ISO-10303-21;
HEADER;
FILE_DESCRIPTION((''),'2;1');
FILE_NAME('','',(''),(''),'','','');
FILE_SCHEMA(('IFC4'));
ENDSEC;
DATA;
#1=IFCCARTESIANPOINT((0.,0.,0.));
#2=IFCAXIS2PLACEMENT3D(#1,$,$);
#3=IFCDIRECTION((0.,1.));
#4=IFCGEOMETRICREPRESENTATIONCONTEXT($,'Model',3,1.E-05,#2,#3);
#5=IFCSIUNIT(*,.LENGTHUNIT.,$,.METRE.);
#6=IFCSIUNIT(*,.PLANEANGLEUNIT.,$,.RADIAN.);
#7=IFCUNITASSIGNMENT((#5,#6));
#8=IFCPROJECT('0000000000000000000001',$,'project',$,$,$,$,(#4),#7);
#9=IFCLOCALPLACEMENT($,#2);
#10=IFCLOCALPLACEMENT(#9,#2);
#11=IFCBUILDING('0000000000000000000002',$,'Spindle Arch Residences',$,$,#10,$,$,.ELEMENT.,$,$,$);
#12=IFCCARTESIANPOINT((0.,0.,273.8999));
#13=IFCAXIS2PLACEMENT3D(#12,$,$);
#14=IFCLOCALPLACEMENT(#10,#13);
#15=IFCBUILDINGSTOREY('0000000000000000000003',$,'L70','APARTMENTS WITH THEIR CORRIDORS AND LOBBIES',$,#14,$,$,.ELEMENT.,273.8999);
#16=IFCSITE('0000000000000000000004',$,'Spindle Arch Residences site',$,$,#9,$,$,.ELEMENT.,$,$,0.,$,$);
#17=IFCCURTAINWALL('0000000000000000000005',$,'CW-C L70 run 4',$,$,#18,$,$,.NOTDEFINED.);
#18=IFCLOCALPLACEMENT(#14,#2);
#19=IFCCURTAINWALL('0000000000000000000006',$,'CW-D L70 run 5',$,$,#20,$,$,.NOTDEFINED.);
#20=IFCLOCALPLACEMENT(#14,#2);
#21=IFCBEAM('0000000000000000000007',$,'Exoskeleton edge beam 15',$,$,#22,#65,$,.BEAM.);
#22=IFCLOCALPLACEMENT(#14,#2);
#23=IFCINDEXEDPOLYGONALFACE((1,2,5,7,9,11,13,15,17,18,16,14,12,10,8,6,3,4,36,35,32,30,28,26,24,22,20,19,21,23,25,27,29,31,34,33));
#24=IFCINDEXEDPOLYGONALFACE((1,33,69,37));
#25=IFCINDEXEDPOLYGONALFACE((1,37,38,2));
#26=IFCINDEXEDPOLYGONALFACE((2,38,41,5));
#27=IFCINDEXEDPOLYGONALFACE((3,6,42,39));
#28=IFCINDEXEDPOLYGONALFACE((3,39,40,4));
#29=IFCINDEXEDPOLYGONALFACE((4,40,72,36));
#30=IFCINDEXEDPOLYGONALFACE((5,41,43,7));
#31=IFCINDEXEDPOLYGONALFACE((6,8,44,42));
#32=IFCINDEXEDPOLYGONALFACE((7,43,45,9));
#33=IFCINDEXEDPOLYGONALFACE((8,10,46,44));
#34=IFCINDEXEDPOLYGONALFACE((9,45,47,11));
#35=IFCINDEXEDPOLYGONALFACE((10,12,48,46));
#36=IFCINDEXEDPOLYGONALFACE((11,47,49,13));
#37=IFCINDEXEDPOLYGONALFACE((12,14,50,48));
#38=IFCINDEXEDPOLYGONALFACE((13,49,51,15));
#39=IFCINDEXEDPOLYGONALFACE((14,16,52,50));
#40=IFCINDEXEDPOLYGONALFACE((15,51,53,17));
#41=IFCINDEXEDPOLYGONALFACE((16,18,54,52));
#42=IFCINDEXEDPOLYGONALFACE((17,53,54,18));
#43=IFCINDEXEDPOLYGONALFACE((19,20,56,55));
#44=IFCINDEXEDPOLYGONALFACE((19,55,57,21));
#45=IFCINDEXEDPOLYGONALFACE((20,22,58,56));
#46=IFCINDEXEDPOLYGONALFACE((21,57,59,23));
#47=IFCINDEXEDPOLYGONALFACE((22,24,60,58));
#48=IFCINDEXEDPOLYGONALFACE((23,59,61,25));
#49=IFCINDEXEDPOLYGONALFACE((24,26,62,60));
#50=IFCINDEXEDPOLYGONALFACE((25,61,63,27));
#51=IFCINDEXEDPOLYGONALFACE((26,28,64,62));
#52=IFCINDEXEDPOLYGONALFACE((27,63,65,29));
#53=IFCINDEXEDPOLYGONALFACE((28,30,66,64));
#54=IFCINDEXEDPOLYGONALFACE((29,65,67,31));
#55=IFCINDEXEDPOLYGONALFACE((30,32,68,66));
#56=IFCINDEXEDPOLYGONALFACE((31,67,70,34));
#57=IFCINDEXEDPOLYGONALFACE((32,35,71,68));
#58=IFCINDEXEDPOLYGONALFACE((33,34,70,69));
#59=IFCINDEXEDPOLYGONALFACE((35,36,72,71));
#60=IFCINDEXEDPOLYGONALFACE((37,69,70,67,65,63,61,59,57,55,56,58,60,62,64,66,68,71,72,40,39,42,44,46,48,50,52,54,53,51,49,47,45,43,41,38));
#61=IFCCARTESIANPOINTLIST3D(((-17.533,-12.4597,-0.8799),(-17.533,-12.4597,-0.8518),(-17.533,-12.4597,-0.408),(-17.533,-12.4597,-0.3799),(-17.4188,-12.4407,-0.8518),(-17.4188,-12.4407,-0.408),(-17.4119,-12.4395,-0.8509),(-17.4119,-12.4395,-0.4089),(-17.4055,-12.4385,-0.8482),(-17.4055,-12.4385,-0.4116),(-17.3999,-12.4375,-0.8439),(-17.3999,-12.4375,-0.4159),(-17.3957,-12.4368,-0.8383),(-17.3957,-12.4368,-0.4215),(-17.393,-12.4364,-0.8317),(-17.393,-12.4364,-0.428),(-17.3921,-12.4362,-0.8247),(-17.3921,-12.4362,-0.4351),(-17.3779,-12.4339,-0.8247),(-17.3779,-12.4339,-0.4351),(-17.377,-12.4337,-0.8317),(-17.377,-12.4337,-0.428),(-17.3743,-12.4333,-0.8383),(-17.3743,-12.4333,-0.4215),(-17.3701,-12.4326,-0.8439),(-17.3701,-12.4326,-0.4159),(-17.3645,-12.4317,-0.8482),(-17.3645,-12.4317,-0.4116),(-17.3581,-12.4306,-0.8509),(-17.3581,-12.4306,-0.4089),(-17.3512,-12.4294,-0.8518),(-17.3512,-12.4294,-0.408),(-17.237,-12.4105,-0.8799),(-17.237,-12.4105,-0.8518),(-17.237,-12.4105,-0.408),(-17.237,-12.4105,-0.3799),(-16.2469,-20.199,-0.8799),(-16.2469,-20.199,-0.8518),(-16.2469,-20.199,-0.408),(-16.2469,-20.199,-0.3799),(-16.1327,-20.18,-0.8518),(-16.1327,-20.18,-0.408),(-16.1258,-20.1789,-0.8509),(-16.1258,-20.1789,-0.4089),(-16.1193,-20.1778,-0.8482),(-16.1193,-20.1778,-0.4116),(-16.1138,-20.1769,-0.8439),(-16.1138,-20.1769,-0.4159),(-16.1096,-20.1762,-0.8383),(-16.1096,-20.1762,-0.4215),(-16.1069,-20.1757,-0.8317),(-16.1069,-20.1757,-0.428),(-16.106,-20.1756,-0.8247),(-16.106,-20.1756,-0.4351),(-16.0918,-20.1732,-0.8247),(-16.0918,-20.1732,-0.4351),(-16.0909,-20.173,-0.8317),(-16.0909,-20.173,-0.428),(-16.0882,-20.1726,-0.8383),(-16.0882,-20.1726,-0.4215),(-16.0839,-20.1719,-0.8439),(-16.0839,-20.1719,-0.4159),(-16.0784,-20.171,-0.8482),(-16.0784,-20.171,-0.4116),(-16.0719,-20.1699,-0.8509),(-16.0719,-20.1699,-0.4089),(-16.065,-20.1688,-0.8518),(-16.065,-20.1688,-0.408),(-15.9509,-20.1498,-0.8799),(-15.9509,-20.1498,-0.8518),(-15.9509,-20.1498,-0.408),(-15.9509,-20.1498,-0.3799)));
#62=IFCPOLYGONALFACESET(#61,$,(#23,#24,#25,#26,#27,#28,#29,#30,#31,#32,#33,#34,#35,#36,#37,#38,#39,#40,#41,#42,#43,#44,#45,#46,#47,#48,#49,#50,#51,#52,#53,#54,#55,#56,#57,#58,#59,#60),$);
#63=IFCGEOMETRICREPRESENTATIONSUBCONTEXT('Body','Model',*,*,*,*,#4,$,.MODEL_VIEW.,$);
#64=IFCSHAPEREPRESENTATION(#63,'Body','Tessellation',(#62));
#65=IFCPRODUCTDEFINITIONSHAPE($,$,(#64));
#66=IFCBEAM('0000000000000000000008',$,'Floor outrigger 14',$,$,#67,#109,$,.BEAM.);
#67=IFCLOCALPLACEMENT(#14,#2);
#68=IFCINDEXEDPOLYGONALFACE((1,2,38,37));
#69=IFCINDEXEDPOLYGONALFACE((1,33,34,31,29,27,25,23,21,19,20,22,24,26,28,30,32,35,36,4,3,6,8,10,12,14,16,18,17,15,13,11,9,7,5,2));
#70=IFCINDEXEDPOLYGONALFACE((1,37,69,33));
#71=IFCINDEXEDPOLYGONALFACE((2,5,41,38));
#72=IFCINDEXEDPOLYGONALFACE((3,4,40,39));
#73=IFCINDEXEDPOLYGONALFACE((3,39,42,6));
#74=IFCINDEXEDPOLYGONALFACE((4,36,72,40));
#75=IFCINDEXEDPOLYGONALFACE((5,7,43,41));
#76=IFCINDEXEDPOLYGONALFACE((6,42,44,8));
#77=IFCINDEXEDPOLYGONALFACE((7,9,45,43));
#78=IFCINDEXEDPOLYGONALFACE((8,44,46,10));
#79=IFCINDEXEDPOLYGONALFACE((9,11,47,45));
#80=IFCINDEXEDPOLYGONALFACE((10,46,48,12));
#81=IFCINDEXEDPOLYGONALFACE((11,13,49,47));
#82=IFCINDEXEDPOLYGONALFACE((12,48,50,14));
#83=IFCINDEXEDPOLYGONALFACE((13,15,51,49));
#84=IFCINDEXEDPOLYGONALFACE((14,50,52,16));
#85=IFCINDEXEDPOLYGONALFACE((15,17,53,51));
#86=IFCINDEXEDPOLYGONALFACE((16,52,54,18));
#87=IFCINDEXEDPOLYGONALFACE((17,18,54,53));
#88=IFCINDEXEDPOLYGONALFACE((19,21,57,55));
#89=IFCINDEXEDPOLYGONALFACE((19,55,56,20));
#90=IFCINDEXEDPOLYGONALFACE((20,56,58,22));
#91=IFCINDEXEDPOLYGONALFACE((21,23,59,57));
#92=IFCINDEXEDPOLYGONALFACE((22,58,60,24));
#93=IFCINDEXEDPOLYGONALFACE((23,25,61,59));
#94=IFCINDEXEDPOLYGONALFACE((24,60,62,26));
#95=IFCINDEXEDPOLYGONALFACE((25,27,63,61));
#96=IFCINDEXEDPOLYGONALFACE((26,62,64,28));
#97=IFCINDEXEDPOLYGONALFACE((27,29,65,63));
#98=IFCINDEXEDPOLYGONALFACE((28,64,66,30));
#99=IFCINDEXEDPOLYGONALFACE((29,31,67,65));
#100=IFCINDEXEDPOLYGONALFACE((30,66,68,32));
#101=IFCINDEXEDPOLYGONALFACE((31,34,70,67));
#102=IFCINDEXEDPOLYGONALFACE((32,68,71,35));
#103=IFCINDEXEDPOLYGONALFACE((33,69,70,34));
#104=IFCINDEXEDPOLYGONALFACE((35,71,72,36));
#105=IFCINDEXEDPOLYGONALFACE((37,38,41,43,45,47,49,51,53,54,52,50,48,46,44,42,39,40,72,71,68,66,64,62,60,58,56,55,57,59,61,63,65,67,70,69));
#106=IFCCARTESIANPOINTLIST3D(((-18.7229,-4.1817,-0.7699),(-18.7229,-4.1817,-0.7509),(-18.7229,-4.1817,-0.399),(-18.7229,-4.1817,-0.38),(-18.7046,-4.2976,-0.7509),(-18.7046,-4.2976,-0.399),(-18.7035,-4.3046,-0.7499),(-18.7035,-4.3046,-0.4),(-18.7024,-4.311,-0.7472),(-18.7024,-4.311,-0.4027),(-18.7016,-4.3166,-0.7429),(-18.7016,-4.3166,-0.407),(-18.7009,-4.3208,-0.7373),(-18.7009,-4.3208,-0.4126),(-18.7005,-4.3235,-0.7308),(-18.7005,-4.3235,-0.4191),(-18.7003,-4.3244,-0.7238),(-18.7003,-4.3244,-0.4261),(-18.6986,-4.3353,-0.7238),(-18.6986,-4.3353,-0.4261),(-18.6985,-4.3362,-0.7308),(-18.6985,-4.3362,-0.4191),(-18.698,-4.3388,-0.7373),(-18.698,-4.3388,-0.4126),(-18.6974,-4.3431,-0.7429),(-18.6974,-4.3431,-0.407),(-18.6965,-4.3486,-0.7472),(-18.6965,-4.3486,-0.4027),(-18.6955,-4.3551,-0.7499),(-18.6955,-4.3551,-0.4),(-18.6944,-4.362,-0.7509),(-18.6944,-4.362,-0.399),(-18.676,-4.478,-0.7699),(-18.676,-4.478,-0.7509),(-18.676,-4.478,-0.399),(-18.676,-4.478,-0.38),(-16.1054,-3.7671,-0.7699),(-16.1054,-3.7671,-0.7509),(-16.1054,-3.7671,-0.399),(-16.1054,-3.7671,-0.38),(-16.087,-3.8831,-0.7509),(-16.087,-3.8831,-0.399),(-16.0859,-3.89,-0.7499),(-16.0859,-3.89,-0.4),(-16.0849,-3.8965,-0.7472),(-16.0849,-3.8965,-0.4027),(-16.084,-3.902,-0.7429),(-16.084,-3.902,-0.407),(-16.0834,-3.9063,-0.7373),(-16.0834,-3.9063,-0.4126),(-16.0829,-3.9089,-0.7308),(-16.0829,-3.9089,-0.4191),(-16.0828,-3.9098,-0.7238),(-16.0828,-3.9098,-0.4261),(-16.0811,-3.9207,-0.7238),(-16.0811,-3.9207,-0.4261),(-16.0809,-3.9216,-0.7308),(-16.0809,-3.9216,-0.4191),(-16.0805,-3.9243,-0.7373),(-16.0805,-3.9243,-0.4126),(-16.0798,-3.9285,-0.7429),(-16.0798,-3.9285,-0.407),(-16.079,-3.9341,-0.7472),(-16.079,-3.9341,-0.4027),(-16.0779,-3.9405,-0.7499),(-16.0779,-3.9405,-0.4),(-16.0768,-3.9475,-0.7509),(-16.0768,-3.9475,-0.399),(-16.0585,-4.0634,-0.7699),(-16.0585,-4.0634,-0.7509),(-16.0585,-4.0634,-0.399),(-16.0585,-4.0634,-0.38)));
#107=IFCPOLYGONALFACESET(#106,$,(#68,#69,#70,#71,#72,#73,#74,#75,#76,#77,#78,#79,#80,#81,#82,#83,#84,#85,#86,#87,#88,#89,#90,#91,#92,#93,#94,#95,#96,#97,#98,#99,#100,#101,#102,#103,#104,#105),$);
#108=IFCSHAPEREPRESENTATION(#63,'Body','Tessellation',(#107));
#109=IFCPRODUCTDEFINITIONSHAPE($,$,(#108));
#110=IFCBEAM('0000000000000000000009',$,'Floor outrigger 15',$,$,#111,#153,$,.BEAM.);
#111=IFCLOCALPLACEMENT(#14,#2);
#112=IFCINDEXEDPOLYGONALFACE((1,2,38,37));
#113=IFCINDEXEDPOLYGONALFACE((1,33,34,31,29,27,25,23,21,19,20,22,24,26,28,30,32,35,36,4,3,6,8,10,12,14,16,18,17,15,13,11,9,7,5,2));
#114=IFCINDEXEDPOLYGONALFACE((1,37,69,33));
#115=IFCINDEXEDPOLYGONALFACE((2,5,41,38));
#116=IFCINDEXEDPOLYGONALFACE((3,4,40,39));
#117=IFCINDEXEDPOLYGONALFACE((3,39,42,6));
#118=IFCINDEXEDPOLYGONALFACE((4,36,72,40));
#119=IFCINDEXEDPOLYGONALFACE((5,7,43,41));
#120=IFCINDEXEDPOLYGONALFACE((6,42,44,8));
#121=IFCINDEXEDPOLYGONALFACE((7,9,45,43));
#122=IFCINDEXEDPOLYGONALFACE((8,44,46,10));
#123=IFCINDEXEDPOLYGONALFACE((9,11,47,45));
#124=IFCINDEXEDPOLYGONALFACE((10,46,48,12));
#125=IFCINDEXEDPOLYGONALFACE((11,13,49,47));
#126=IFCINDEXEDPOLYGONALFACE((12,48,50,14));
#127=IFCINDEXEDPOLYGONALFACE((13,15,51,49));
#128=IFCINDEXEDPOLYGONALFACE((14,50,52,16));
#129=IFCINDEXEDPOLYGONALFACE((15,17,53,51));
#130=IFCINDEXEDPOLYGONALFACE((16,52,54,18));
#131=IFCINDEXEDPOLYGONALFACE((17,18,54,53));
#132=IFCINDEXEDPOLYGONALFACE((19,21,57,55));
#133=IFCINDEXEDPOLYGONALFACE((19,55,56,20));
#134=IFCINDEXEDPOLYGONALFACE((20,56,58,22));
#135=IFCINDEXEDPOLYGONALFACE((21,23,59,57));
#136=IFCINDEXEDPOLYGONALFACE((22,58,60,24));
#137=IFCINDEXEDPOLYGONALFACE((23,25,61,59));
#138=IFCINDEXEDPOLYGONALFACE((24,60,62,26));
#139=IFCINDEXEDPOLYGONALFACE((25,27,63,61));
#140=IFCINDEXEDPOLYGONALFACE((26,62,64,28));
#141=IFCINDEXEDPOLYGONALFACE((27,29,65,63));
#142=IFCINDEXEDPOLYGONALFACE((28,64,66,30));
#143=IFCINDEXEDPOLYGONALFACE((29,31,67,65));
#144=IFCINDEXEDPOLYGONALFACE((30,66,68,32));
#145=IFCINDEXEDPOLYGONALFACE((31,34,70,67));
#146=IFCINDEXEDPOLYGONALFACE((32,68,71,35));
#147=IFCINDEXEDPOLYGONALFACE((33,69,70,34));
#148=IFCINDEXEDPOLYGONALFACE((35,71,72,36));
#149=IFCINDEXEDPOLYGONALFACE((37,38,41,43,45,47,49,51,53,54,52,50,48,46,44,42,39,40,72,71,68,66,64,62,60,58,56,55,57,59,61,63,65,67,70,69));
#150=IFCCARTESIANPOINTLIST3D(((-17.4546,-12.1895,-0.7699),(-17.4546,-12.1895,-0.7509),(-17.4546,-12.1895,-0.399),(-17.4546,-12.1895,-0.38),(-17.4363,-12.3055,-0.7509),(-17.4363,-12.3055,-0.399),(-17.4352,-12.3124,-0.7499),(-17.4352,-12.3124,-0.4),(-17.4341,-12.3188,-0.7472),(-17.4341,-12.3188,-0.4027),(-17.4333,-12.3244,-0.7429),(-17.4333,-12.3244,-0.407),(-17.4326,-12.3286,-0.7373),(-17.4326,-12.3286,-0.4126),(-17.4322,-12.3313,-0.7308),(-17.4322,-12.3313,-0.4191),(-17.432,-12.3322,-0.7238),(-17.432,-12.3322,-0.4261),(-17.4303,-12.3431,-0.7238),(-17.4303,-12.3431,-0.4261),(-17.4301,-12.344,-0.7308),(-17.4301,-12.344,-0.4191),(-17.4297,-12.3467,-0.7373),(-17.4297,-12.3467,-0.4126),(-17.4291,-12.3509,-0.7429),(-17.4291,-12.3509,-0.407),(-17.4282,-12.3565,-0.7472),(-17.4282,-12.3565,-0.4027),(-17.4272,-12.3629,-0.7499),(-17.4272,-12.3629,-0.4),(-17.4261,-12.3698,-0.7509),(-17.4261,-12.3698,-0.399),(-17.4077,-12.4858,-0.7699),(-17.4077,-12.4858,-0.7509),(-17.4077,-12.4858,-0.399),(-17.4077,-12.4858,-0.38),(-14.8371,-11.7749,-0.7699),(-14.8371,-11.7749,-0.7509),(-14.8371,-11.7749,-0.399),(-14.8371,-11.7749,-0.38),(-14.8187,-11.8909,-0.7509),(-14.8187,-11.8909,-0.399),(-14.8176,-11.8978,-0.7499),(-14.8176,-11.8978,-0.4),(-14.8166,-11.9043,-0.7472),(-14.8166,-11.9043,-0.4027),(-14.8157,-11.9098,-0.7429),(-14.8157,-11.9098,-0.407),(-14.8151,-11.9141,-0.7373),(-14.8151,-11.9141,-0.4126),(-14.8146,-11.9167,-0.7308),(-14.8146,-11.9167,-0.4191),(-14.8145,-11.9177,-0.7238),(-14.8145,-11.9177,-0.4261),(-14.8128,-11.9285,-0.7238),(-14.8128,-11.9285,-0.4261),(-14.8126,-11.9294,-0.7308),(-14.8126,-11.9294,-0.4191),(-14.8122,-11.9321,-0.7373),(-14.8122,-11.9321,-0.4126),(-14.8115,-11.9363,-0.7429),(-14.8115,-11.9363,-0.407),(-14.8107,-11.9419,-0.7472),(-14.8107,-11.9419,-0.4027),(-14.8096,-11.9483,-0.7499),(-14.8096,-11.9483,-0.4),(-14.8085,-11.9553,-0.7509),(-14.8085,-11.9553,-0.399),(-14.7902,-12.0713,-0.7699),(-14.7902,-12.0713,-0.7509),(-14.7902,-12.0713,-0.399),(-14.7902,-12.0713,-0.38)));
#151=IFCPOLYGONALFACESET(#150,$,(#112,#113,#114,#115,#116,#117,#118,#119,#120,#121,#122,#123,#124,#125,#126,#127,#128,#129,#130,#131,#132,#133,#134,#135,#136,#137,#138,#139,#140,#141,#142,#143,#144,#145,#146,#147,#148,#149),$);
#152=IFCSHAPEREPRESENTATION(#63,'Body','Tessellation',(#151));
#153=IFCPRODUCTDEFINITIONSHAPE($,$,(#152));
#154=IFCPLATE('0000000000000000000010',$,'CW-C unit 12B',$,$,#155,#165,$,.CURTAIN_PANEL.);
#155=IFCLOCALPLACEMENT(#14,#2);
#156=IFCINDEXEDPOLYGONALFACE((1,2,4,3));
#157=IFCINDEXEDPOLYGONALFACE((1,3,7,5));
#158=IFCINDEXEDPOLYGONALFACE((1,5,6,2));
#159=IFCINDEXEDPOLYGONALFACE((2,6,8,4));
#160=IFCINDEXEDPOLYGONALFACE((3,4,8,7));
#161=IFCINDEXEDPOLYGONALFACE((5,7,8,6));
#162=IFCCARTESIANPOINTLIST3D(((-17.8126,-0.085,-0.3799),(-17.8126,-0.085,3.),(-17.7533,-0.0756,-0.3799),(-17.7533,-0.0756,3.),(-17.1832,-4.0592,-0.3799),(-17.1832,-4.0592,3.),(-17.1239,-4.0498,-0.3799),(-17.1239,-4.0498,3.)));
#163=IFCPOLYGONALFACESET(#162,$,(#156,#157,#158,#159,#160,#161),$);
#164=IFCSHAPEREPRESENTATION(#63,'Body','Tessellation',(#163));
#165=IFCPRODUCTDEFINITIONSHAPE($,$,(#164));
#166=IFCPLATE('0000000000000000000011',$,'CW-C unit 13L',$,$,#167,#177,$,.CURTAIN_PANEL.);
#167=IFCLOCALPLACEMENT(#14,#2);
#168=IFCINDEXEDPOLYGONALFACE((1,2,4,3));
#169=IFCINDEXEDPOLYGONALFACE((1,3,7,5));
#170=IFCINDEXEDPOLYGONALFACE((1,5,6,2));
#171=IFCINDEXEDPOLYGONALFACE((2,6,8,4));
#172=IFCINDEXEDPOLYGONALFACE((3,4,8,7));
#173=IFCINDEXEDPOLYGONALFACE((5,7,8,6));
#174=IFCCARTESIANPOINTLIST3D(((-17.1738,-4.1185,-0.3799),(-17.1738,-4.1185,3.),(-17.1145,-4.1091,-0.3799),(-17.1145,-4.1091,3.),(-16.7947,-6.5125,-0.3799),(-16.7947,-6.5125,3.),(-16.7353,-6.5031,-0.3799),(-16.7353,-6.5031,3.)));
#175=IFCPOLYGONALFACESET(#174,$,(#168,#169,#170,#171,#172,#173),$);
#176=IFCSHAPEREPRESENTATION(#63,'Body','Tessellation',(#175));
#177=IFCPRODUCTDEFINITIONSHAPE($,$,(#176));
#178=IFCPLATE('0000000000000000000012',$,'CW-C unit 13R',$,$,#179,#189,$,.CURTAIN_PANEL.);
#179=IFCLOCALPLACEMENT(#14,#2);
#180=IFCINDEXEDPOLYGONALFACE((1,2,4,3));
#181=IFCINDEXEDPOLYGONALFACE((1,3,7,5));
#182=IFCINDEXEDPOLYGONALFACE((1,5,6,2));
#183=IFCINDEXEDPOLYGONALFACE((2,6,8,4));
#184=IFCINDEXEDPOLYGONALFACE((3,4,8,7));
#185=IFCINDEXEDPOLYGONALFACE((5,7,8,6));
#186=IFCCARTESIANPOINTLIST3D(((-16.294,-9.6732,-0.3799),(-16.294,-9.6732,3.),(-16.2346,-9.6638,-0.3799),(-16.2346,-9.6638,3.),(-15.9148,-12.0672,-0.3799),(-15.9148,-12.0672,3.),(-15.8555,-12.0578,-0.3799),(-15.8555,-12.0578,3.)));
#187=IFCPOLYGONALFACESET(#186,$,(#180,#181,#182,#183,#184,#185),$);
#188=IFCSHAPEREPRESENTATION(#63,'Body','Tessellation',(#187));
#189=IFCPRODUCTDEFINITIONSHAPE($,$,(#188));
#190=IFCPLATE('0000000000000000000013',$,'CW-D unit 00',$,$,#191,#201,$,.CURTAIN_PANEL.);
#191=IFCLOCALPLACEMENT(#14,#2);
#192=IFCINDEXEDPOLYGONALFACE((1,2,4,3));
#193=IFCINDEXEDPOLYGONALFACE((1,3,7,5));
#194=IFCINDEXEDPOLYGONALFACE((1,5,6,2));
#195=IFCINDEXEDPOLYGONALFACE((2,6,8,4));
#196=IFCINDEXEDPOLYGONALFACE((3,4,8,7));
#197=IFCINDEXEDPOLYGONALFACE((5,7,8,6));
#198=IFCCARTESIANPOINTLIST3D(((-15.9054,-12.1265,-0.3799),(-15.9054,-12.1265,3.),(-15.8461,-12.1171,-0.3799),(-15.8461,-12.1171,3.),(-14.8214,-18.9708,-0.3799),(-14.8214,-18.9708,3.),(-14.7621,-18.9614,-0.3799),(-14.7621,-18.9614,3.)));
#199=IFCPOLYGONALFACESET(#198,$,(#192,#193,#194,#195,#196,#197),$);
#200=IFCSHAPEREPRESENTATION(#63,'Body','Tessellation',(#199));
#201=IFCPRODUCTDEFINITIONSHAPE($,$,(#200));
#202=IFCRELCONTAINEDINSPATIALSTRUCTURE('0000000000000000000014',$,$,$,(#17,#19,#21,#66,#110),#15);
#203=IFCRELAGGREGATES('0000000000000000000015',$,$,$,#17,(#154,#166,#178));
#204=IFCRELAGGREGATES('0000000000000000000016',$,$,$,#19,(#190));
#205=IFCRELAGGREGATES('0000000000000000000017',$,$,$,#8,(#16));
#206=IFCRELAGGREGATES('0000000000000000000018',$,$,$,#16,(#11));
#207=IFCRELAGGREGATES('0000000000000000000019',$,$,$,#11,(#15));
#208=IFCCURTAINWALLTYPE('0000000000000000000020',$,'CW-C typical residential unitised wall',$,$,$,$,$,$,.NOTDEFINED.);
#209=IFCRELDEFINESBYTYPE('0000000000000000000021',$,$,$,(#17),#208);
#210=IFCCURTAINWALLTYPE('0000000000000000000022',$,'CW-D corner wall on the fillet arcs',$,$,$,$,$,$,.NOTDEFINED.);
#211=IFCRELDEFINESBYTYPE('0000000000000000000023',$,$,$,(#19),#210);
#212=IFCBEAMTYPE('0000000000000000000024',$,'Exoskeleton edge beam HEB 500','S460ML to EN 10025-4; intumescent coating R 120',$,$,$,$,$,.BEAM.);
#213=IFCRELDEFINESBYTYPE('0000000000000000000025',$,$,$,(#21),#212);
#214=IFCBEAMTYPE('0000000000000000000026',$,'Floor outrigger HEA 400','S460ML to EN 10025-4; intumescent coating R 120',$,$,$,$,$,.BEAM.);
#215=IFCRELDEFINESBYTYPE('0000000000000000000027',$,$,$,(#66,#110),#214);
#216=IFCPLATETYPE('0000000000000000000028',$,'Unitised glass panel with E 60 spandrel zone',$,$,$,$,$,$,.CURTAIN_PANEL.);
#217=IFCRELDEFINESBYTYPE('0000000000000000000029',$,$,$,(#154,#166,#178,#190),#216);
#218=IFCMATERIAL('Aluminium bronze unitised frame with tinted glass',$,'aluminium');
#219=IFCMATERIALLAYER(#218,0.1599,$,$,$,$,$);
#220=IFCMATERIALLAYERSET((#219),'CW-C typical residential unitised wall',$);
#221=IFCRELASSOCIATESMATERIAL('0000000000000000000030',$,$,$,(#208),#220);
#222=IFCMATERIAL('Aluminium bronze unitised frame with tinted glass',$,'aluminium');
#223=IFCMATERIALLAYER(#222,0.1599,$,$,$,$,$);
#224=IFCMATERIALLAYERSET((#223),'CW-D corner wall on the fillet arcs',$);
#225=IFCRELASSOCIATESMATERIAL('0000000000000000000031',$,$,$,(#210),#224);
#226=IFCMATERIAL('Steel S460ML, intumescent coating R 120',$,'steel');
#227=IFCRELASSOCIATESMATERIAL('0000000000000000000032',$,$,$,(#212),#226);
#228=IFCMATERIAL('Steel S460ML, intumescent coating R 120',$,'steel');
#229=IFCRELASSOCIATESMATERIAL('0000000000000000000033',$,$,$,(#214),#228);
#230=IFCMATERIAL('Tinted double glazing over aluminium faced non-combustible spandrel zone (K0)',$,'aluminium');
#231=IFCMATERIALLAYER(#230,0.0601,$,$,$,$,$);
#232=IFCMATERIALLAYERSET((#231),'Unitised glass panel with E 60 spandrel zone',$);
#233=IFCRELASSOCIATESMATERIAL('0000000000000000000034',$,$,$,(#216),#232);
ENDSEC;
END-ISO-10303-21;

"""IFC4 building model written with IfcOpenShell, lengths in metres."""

from ifc_helpers import new_model, si_unit, direction, frame, origin, origin_2d, place, context, subcontext, project, spatial, rectangle, i_section, extrude, material, layer, layer_set, material_profile, profile_set, type_object, element, aggregate, save


model = new_model("IFC4")

# Units and contexts
model_context = context("Model", 3, precision=1e-05, world=origin(), true_north=direction((0.0, 1.0)))
body_context = subcontext(model_context, "Body", "Model", "MODEL_VIEW")
ifc_project = project(units=[si_unit("LENGTHUNIT", "METRE"), si_unit("PLANEANGLEUNIT", "RADIAN")], contexts=[model_context])

# Site, building, storey
site_placement = place(None, origin())
site = spatial("IfcSite", under=ifc_project, at=site_placement, Name="Spindle Arch Residences site", CompositionType="ELEMENT", RefElevation=0.0)
building_placement = place(site_placement, origin())
building = spatial("IfcBuilding", under=site, at=building_placement, Name="Spindle Arch Residences", CompositionType="ELEMENT")
storey_placement = place(building_placement, frame((0.0, 0.0, 273.8999)))
storey = spatial("IfcBuildingStorey", under=building, at=storey_placement, Name="L70", Description="APARTMENTS WITH THEIR CORRIDORS AND LOBBIES", CompositionType="ELEMENT", Elevation=273.8999)

# Curtain wall
ifc_material_1 = material(Name="Aluminium bronze unitised frame with tinted glass", Category="aluminium")
ifc_layer_1 = layer(ifc_material_1, 0.1599)
ifc_layer_set_1 = layer_set([ifc_layer_1], Name="CW-C typical residential unitised wall")
curtain_wall_type_1 = type_object("IfcCurtainWallType", Name="CW-C typical residential unitised wall", PredefinedType="NOTDEFINED", material=ifc_layer_set_1)
curtain_wall_1_placement = place(storey_placement, origin())
curtain_wall_1 = element("IfcCurtainWall", 1, at=curtain_wall_1_placement, inside=storey, type_object=curtain_wall_type_1, Name="CW-C L70 run 4", PredefinedType="NOTDEFINED")

# Curtain wall
ifc_material_2 = material(Name="Aluminium bronze unitised frame with tinted glass", Category="aluminium")
ifc_layer_2 = layer(ifc_material_2, 0.1599)
ifc_layer_set_2 = layer_set([ifc_layer_2], Name="CW-D corner wall on the fillet arcs")
curtain_wall_type_2 = type_object("IfcCurtainWallType", Name="CW-D corner wall on the fillet arcs", PredefinedType="NOTDEFINED", material=ifc_layer_set_2)
curtain_wall_2_placement = place(storey_placement, origin())
curtain_wall_2 = element("IfcCurtainWall", 2, at=curtain_wall_2_placement, inside=storey, type_object=curtain_wall_type_2, Name="CW-D L70 run 5", PredefinedType="NOTDEFINED")

# Beams
ifc_material_3 = material(Name="Steel S460ML, intumescent coating R 120", Category="steel")
ifc_material_profile_1 = material_profile(ifc_material_3, i_section(OverallWidth=0.3, OverallDepth=0.5, WebThickness=0.0144, FlangeThickness=0.0281, FilletRadius=0.0271, at=origin_2d()), Name="HEB 500")
ifc_profile_set_1 = profile_set([ifc_material_profile_1], Name="Steel S460ML, intumescent coating R 120")
beam_type_1 = type_object("IfcBeamType", Name="Exoskeleton edge beam HEB 500", Description="S460ML to EN 10025-4; intumescent coating R 120", PredefinedType="BEAM", material=ifc_profile_set_1)
beam_1_placement = place(storey_placement, frame((-17.385, -12.4351, -0.6299), z_axis=(0.163935, -0.986471, 0.0), x_axis=(0.986471, 0.163935, 0.0)))
element("IfcBeam", 3, at=beam_1_placement, inside=storey, type_object=beam_type_1, Name="Exoskeleton edge beam 15", PredefinedType="BEAM", context=body_context, shape_type="SweptSolid", body=[
    extrude(i_section(OverallWidth=0.3, OverallDepth=0.5, WebThickness=0.0144, FlangeThickness=0.0281, FilletRadius=0.0271, at=origin_2d()), origin(), (0.0, 0.0, 1.0), 7.8455),
])
ifc_material_4 = material(Name="Steel S460ML, intumescent coating R 120", Category="steel")
ifc_material_profile_2 = material_profile(ifc_material_4, i_section(OverallWidth=0.3, OverallDepth=0.3899, WebThickness=0.011, FlangeThickness=0.019, FilletRadius=0.0271, at=origin_2d()), Name="HEA 400")
ifc_profile_set_2 = profile_set([ifc_material_profile_2], Name="Steel S460ML, intumescent coating R 120")
beam_type_2 = type_object("IfcBeamType", Name="Floor outrigger HEA 400", Description="S460ML to EN 10025-4; intumescent coating R 120", PredefinedType="BEAM", material=ifc_profile_set_2)
for number, where, z_axis, x_axis, name in (
    (4, (-18.6995, -4.3298, -0.575), (0.987689, 0.156431, 0.0), (-0.156431, 0.987689, 0.0), "Floor outrigger 14"),
    (5, (-17.4312, -12.3376, -0.575), (0.987689, 0.156431, 0.0), (-0.156431, 0.987689, 0.0), "Floor outrigger 15"),
):
    element("IfcBeam", number, at=place(storey_placement, frame(where, z_axis=z_axis, x_axis=x_axis)), inside=storey, type_object=beam_type_2, Name=name, PredefinedType="BEAM", context=body_context, shape_type="SweptSolid", body=[
        extrude(i_section(OverallWidth=0.3, OverallDepth=0.3899, WebThickness=0.011, FlangeThickness=0.019, FilletRadius=0.0271, at=origin_2d()), origin(), (0.0, 0.0, 1.0), 2.6501),
    ])

# Plates
ifc_material_5 = material(Name="Tinted double glazing over aluminium faced non-combustible spandrel zone (K0)", Category="aluminium")
ifc_layer_3 = layer(ifc_material_5, 0.0601)
ifc_layer_set_3 = layer_set([ifc_layer_3], Name="Unitised glass panel with E 60 spandrel zone")
plate_type = type_object("IfcPlateType", Name="Unitised glass panel with E 60 spandrel zone", PredefinedType="CURTAIN_PANEL", material=ifc_layer_set_3)
plate_1_placement = place(storey_placement, frame((-17.4683, -2.0674, -0.3799), z_axis=(0.0, 0.0, 1.0), x_axis=(0.156434, -0.987688, 0.0)))
plate_1 = element("IfcPlate", 6, at=plate_1_placement, type_object=plate_type, Name="CW-C unit 12B", PredefinedType="CURTAIN_PANEL", context=body_context, shape_type="SweptSolid", body=[
    extrude(rectangle(XDim=4.0237, YDim=0.0601, at=origin_2d()), origin(), (0.0, 0.0, 1.0), 3.3799),
])
plate_2_placement = place(storey_placement, frame((-16.9546, -5.3108, -0.3799), z_axis=(0.0, 0.0, 1.0), x_axis=(0.156434, -0.987688, 0.0)))
plate_2 = element("IfcPlate", 7, at=plate_2_placement, type_object=plate_type, Name="CW-C unit 13L", PredefinedType="CURTAIN_PANEL", context=body_context, shape_type="SweptSolid", body=[
    extrude(rectangle(XDim=2.4238, YDim=0.0601, at=origin_2d()), origin(), (0.0, 0.0, 1.0), 3.3799),
])
plate_3_placement = place(storey_placement, frame((-16.0747, -10.8655, -0.3799), z_axis=(0.0, 0.0, 1.0), x_axis=(0.156434, -0.987688, 0.0)))
plate_3 = element("IfcPlate", 8, at=plate_3_placement, type_object=plate_type, Name="CW-C unit 13R", PredefinedType="CURTAIN_PANEL", context=body_context, shape_type="SweptSolid", body=[
    extrude(rectangle(XDim=2.4238, YDim=0.0601, at=origin_2d()), origin(), (0.0, 0.0, 1.0), 3.3799),
])
aggregate(curtain_wall_1, [plate_1, plate_2, plate_3])
plate_4_placement = place(storey_placement, frame((-15.3337, -15.5439, -0.3799), z_axis=(0.0, 0.0, 1.0), x_axis=(0.156434, -0.987688, 0.0)))
plate_4 = element("IfcPlate", 9, at=plate_4_placement, type_object=plate_type, Name="CW-D unit 00", PredefinedType="CURTAIN_PANEL", context=body_context, shape_type="SweptSolid", body=[
    extrude(rectangle(XDim=6.9297, YDim=0.0601, at=origin_2d()), origin(), (0.0, 0.0, 1.0), 3.3799),
])
aggregate(curtain_wall_2, [plate_4])

save(model, "model.ifc")
